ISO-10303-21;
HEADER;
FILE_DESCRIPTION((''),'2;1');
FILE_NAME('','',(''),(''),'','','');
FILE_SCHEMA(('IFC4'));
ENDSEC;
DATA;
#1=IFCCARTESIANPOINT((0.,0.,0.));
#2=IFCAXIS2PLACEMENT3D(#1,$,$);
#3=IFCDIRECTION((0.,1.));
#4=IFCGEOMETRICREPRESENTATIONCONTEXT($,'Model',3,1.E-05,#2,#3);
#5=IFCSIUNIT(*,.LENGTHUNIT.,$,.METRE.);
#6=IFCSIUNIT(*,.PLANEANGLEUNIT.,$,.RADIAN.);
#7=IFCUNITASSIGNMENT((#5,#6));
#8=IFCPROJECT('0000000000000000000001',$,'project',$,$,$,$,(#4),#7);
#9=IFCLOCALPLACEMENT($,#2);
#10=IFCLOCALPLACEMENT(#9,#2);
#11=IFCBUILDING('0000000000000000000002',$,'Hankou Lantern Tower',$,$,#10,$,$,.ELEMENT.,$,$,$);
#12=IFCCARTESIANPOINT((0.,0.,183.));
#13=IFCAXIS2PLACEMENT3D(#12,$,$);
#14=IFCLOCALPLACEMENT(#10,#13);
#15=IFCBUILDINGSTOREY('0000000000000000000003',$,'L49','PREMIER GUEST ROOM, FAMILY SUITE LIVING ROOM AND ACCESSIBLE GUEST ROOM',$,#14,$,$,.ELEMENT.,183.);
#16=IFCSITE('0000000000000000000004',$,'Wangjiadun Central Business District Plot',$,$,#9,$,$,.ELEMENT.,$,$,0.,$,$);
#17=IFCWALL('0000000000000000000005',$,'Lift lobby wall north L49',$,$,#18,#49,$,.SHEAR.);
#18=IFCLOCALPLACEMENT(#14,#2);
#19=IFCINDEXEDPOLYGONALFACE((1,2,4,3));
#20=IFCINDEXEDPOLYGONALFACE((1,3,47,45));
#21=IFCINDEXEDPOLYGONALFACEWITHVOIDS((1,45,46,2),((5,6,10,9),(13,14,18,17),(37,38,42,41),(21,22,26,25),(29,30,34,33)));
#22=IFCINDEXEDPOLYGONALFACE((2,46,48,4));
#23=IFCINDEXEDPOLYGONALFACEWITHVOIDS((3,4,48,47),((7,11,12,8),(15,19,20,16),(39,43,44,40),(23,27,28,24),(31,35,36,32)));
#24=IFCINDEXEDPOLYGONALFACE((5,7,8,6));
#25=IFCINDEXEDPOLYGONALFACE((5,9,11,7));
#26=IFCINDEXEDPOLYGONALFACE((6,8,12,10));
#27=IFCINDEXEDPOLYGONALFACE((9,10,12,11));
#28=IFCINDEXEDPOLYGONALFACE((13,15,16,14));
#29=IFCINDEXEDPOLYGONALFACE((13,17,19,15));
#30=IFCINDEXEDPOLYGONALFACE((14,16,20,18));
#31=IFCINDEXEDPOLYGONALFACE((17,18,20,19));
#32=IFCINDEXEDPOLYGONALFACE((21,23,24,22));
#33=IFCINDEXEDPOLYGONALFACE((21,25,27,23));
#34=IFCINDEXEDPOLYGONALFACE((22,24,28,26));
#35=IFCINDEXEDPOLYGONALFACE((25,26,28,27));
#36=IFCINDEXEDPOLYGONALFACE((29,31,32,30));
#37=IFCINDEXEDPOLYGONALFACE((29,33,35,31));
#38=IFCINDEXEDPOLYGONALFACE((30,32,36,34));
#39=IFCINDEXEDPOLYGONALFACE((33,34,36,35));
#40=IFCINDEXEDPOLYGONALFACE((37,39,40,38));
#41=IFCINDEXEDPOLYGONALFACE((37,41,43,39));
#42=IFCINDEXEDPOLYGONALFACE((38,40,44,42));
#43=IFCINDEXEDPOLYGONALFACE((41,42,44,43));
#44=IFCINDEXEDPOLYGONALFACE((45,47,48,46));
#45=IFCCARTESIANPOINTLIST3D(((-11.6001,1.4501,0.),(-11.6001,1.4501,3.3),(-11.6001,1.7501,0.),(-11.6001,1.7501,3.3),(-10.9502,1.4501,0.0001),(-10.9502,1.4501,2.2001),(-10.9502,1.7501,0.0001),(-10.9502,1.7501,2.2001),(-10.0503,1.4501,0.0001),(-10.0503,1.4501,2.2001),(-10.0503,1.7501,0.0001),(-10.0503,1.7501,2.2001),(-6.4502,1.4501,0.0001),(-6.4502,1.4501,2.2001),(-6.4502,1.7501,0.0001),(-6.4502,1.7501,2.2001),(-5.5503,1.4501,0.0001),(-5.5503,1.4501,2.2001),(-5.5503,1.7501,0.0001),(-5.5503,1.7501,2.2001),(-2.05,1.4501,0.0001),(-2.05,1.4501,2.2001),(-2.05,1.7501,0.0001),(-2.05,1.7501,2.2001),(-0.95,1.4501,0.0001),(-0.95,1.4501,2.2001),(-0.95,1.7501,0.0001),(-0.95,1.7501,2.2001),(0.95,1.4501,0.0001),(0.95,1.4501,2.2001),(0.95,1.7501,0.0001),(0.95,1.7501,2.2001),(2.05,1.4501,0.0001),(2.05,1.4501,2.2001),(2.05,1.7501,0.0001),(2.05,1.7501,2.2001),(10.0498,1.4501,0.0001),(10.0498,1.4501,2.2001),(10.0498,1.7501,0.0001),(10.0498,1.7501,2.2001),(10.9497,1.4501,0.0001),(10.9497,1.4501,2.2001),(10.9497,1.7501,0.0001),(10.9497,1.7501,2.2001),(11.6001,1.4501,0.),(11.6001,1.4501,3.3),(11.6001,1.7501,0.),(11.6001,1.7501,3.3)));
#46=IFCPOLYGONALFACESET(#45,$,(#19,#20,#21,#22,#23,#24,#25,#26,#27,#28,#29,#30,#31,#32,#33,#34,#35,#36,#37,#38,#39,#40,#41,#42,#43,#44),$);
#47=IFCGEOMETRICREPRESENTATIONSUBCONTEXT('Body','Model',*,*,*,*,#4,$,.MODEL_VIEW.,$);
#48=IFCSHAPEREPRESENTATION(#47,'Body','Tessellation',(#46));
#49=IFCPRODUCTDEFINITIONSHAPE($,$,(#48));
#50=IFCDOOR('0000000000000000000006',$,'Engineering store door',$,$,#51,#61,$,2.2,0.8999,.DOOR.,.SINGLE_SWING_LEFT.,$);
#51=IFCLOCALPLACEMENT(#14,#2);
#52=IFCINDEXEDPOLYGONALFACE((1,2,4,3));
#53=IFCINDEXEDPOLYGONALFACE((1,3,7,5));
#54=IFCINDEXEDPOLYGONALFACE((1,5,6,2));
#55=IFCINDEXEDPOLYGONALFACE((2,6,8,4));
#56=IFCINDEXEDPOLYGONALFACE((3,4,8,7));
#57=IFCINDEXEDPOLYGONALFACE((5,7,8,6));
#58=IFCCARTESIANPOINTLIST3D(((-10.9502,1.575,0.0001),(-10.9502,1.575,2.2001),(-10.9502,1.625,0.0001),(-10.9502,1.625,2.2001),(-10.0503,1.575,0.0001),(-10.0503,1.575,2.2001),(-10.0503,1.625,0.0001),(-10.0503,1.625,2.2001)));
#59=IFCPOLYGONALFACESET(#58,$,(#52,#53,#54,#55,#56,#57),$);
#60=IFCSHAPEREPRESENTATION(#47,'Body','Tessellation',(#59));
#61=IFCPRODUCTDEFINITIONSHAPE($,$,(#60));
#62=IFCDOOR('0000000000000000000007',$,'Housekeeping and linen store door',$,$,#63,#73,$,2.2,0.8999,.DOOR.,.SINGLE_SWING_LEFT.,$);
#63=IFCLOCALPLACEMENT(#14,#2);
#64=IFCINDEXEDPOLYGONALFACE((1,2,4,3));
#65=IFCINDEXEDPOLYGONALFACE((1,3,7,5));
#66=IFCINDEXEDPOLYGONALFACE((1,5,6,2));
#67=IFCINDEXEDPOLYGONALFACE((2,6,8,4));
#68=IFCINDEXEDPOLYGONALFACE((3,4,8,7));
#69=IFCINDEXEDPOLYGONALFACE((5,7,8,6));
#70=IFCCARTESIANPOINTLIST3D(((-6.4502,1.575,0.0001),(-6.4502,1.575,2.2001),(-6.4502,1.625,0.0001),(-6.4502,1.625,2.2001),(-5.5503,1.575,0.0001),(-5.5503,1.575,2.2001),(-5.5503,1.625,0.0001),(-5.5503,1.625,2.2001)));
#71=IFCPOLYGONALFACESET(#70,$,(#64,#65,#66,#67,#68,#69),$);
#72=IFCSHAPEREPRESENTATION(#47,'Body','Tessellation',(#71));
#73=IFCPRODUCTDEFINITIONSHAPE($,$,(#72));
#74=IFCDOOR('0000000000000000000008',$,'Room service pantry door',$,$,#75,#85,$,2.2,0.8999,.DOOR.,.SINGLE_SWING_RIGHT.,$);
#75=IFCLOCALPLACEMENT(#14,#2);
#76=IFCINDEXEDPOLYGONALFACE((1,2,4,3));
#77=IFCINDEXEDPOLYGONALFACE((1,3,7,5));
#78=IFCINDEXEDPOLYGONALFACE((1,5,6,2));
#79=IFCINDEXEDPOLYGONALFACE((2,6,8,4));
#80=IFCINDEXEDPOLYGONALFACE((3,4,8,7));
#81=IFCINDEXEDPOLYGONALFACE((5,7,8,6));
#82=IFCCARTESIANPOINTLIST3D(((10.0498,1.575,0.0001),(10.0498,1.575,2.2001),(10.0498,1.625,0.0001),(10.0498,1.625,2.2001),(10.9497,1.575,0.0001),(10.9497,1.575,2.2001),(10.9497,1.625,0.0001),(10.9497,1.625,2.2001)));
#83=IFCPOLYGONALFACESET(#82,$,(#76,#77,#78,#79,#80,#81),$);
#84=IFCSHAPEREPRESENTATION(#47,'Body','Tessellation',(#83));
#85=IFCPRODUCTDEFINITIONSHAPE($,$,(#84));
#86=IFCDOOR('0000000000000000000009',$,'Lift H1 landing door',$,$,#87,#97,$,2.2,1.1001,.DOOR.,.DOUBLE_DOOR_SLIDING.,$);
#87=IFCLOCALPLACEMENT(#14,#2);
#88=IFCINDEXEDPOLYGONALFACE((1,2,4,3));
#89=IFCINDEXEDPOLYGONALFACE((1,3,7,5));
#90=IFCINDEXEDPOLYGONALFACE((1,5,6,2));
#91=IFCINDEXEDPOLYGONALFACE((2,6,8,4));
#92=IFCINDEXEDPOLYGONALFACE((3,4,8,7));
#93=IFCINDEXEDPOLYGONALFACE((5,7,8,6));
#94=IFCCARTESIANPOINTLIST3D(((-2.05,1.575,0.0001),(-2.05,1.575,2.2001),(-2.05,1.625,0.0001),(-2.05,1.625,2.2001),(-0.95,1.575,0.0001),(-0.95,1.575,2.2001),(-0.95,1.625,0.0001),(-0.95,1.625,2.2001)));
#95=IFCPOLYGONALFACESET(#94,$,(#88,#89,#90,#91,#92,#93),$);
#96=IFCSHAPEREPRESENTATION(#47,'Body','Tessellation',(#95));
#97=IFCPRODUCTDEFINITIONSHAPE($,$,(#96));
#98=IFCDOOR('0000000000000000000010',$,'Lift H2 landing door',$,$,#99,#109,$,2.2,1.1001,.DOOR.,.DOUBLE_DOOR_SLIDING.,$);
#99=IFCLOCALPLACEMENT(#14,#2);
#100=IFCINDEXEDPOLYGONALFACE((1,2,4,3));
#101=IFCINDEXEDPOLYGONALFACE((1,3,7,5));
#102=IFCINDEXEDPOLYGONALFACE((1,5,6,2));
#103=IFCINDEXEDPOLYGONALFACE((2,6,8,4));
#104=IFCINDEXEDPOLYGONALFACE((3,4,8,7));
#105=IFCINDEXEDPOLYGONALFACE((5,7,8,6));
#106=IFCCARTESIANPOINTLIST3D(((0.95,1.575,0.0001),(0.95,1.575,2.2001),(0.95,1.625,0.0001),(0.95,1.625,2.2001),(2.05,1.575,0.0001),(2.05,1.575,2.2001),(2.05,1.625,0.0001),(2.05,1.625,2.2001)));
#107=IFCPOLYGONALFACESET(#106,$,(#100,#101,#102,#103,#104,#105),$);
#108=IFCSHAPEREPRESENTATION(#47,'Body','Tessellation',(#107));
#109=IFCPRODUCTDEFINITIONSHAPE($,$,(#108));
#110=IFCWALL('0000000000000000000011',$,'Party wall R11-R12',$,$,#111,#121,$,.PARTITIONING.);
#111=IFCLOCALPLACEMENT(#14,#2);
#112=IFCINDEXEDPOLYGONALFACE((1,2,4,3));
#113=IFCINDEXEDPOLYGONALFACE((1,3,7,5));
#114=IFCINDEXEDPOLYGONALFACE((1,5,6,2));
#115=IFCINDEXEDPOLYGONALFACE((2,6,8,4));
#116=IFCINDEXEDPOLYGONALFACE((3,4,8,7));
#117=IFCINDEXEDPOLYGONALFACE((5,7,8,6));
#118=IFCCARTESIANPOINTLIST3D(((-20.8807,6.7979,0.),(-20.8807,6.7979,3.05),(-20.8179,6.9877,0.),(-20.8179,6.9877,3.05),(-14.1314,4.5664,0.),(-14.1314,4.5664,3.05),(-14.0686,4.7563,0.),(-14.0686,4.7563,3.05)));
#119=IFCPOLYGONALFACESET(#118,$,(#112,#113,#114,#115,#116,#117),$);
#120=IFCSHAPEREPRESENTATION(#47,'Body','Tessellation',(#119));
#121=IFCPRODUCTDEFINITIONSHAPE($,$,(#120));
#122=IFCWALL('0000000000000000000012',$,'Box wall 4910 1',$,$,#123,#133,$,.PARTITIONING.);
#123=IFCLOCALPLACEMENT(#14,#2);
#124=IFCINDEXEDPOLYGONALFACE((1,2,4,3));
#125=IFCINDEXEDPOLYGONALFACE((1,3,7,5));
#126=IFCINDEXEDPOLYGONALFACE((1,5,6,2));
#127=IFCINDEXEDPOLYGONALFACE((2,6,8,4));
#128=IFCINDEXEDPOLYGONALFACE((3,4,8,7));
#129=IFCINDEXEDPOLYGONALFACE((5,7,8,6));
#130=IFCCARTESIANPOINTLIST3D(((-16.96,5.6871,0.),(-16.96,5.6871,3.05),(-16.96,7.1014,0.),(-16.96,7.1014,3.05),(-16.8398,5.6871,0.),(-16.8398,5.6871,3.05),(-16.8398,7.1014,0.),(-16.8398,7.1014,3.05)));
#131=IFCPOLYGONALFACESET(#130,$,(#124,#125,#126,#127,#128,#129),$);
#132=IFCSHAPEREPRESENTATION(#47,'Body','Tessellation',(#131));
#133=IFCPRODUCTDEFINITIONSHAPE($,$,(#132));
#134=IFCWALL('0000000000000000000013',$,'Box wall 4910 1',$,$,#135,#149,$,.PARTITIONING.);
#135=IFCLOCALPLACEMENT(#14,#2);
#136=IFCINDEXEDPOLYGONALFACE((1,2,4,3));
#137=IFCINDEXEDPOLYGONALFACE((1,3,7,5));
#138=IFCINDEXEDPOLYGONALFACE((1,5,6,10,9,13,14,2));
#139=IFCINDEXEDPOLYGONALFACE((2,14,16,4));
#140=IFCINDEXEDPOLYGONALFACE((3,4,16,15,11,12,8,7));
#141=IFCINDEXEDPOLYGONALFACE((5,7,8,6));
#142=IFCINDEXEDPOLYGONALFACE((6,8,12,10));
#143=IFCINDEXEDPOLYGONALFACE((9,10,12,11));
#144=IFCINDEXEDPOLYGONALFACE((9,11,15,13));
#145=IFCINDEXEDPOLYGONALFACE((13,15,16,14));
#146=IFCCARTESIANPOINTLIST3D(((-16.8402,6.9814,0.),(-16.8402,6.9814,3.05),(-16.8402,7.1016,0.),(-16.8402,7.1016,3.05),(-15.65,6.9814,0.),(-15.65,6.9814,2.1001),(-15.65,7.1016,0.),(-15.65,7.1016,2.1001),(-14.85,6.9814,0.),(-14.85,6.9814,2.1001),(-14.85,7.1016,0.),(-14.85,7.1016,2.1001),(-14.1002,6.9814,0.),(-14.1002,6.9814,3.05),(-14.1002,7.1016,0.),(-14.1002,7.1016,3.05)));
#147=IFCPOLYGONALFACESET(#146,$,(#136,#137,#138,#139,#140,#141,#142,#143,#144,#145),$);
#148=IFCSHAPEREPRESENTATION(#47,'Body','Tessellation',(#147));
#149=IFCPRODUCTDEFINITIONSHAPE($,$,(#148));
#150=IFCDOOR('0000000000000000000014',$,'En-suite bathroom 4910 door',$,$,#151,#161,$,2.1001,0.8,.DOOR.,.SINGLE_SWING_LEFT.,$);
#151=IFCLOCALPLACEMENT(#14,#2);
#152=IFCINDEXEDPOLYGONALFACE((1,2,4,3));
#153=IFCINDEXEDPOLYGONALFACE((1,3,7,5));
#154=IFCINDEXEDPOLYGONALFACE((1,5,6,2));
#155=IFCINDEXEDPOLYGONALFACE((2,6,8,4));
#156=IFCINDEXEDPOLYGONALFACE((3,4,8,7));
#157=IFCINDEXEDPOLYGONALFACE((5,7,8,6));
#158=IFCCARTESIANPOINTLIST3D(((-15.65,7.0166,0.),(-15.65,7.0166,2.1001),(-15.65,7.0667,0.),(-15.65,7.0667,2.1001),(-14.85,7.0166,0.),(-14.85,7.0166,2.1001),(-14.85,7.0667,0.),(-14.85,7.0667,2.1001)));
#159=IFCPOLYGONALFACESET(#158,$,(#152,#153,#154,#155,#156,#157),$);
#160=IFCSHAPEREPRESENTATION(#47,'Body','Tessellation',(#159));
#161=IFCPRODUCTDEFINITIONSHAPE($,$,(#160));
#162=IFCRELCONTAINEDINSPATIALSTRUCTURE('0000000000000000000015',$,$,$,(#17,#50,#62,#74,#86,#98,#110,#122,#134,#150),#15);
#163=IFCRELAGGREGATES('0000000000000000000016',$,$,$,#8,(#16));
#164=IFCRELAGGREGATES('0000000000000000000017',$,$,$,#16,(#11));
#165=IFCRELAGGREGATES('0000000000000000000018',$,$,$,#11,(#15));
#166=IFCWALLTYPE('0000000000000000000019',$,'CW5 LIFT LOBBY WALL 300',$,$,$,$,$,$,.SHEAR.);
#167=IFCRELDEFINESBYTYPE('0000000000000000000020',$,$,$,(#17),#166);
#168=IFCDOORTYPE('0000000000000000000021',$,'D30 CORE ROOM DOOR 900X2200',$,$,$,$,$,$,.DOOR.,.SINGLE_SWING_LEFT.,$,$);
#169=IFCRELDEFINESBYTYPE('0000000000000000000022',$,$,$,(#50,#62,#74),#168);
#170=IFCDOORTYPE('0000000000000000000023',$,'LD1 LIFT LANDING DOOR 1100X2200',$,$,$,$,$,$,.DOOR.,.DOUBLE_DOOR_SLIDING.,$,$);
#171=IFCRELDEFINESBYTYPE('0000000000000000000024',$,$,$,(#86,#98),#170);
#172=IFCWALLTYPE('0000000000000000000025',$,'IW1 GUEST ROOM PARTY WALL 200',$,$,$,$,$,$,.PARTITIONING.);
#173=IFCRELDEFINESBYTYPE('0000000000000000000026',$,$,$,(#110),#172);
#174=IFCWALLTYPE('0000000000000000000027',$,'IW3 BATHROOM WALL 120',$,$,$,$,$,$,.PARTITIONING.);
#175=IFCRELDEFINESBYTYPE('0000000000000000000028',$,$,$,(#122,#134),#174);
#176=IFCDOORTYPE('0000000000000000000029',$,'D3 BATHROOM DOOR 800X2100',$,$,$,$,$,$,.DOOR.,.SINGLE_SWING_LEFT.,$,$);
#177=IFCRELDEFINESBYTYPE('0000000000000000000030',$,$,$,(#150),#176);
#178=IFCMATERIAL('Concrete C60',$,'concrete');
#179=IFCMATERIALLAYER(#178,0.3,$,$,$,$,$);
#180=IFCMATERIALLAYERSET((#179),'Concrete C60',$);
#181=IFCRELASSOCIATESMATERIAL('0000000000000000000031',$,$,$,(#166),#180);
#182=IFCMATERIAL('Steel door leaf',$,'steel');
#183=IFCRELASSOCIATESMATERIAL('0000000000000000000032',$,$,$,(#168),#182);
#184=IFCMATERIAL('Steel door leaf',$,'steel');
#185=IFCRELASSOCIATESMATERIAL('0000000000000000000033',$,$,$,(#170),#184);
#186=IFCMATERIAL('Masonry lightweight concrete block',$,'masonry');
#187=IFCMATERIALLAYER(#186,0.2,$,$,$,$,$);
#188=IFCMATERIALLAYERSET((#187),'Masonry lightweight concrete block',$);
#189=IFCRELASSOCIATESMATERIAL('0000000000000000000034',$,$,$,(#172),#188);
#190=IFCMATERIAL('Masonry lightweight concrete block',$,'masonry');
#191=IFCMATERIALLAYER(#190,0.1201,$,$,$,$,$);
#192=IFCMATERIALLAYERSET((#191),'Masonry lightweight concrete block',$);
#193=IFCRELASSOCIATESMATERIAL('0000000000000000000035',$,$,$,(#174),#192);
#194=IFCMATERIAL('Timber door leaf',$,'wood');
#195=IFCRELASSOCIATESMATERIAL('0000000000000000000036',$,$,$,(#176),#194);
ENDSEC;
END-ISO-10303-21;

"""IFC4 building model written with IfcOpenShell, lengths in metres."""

from ifc_helpers import new_model, si_unit, direction, frame, frame_2d, origin, place, context, subcontext, project, spatial, rectangle, extrude, material, layer, layer_set, type_object, element, fill, save


model = new_model("IFC4")

# Units and contexts
model_context = context("Model", 3, precision=1e-05, world=origin(), true_north=direction((0.0, 1.0)))
body_context = subcontext(model_context, "Body", "Model", "MODEL_VIEW")
ifc_project = project(units=[si_unit("LENGTHUNIT", "METRE"), si_unit("PLANEANGLEUNIT", "RADIAN")], contexts=[model_context])

# Site, building, storey
site_placement = place(None, origin())
site = spatial("IfcSite", under=ifc_project, at=site_placement, Name="Wangjiadun Central Business District Plot", CompositionType="ELEMENT", RefElevation=0.0)
building_placement = place(site_placement, origin())
building = spatial("IfcBuilding", under=site, at=building_placement, Name="Hankou Lantern Tower", CompositionType="ELEMENT")
storey_placement = place(building_placement, frame((0.0, 0.0, 183.0)))
storey = spatial("IfcBuildingStorey", under=building, at=storey_placement, Name="L49", Description="PREMIER GUEST ROOM, FAMILY SUITE LIVING ROOM AND ACCESSIBLE GUEST ROOM", CompositionType="ELEMENT", Elevation=183.0)

# Wall, openings, doors
ifc_material_1 = material(Name="Concrete C60", Category="concrete")
ifc_layer_1 = layer(ifc_material_1, 0.3)
ifc_layer_set_1 = layer_set([ifc_layer_1], Name="Concrete C60")
wall_type_1 = type_object("IfcWallType", Name="CW5 LIFT LOBBY WALL 300", PredefinedType="SHEAR", material=ifc_layer_set_1)
wall_1_placement = place(storey_placement, frame((-11.6001, 1.6001, 0.0), z_axis=(0.0, 0.0, 1.0), x_axis=(1.0, 0.0, 0.0)))
wall_1 = element("IfcWall", 1, at=wall_1_placement, inside=storey, type_object=wall_type_1, Name="Lift lobby wall north L49", PredefinedType="SHEAR", context=body_context, shape_type="SweptSolid", body=[
    extrude(rectangle(XDim=23.2002, YDim=0.3, at=frame_2d((11.6001, 0.0))), origin(), (0.0, 0.0, 1.0), 3.3),
])
opening_1_placement = place(wall_1_placement, frame((9.55, 0.0, 0.0)))
opening_1 = element("IfcOpeningElement", 2, at=opening_1_placement, cuts=wall_1, PredefinedType="OPENING", context=body_context, shape_type="SweptSolid", body=[
    extrude(rectangle(XDim=1.1001, YDim=2.2, at=frame_2d((0.55, 1.1001))), frame((0.0, 0.1599, 0.0), z_axis=(0.0, -1.0, 0.0), x_axis=(1.0, 0.0, 0.0)), (0.0, 0.0, 1.0), 0.3201),
])
opening_2_placement = place(wall_1_placement, frame((12.55, 0.0, 0.0)))
opening_2 = element("IfcOpeningElement", 3, at=opening_2_placement, cuts=wall_1, PredefinedType="OPENING", context=body_context, shape_type="SweptSolid", body=[
    extrude(rectangle(XDim=1.1001, YDim=2.2, at=frame_2d((0.55, 1.1001))), frame((0.0, 0.1599, 0.0), z_axis=(0.0, -1.0, 0.0), x_axis=(1.0, 0.0, 0.0)), (0.0, 0.0, 1.0), 0.3201),
])
opening_3_placement = place(wall_1_placement, frame((0.6499, 0.0, 0.0)))
opening_3 = element("IfcOpeningElement", 4, at=opening_3_placement, cuts=wall_1, PredefinedType="OPENING", context=body_context, shape_type="SweptSolid", body=[
    extrude(rectangle(XDim=0.8999, YDim=2.2, at=frame_2d((0.45, 1.1001))), frame((0.0, 0.1599, 0.0), z_axis=(0.0, -1.0, 0.0), x_axis=(1.0, 0.0, 0.0)), (0.0, 0.0, 1.0), 0.3201),
])
opening_4_placement = place(wall_1_placement, frame((5.1499, 0.0, 0.0)))
opening_4 = element("IfcOpeningElement", 5, at=opening_4_placement, cuts=wall_1, PredefinedType="OPENING", context=body_context, shape_type="SweptSolid", body=[
    extrude(rectangle(XDim=0.8999, YDim=2.2, at=frame_2d((0.45, 1.1001))), frame((0.0, 0.1599, 0.0), z_axis=(0.0, -1.0, 0.0), x_axis=(1.0, 0.0, 0.0)), (0.0, 0.0, 1.0), 0.3201),
])
opening_5_placement = place(wall_1_placement, frame((21.6499, 0.0, 0.0)))
opening_5 = element("IfcOpeningElement", 6, at=opening_5_placement, cuts=wall_1, PredefinedType="OPENING", context=body_context, shape_type="SweptSolid", body=[
    extrude(rectangle(XDim=0.8999, YDim=2.2, at=frame_2d((0.45, 1.1001))), frame((0.0, 0.1599, 0.0), z_axis=(0.0, -1.0, 0.0), x_axis=(1.0, 0.0, 0.0)), (0.0, 0.0, 1.0), 0.3201),
])
ifc_material_2 = material(Name="Steel door leaf", Category="steel")
door_type_1 = type_object("IfcDoorType", Name="D30 CORE ROOM DOOR 900X2200", OperationType="SINGLE_SWING_LEFT", PredefinedType="DOOR", material=ifc_material_2)
door_1_placement = place(opening_3_placement, origin())
door_1 = element("IfcDoor", 7, at=door_1_placement, inside=storey, type_object=door_type_1, Name="Engineering store door", OperationType="SINGLE_SWING_LEFT", OverallHeight=2.2, OverallWidth=0.8999, PredefinedType="DOOR", context=body_context, shape_type="SweptSolid", body=[
    extrude(rectangle(XDim=0.8999, YDim=2.2, at=frame_2d((0.45, 1.1001))), frame((0.0, 0.0249, 0.0), z_axis=(0.0, -1.0, 0.0), x_axis=(1.0, 0.0, 0.0)), (0.0, 0.0, 1.0), 0.05),
])
fill(opening_3, door_1)
door_2_placement = place(opening_4_placement, origin())
door_2 = element("IfcDoor", 8, at=door_2_placement, inside=storey, type_object=door_type_1, Name="Housekeeping and linen store door", OperationType="SINGLE_SWING_LEFT", OverallHeight=2.2, OverallWidth=0.8999, PredefinedType="DOOR", context=body_context, shape_type="SweptSolid", body=[
    extrude(rectangle(XDim=0.8999, YDim=2.2, at=frame_2d((0.45, 1.1001))), frame((0.0, 0.0249, 0.0), z_axis=(0.0, -1.0, 0.0), x_axis=(1.0, 0.0, 0.0)), (0.0, 0.0, 1.0), 0.05),
])
fill(opening_4, door_2)
door_3_placement = place(opening_5_placement, origin())
door_3 = element("IfcDoor", 9, at=door_3_placement, inside=storey, type_object=door_type_1, Name="Room service pantry door", OperationType="SINGLE_SWING_RIGHT", OverallHeight=2.2, OverallWidth=0.8999, PredefinedType="DOOR", context=body_context, shape_type="SweptSolid", body=[
    extrude(rectangle(XDim=0.8999, YDim=2.2, at=frame_2d((0.45, 1.1001))), frame((0.0, 0.0249, 0.0), z_axis=(0.0, -1.0, 0.0), x_axis=(1.0, 0.0, 0.0)), (0.0, 0.0, 1.0), 0.05),
])
fill(opening_5, door_3)
ifc_material_3 = material(Name="Steel door leaf", Category="steel")
door_type_2 = type_object("IfcDoorType", Name="LD1 LIFT LANDING DOOR 1100X2200", OperationType="DOUBLE_DOOR_SLIDING", PredefinedType="DOOR", material=ifc_material_3)
door_4_placement = place(opening_1_placement, origin())
door_4 = element("IfcDoor", 10, at=door_4_placement, inside=storey, type_object=door_type_2, Name="Lift H1 landing door", OperationType="DOUBLE_DOOR_SLIDING", OverallHeight=2.2, OverallWidth=1.1001, PredefinedType="DOOR", context=body_context, shape_type="SweptSolid", body=[
    extrude(rectangle(XDim=1.1001, YDim=2.2, at=frame_2d((0.55, 1.1001))), frame((0.0, 0.0249, 0.0), z_axis=(0.0, -1.0, 0.0), x_axis=(1.0, 0.0, 0.0)), (0.0, 0.0, 1.0), 0.05),
])
fill(opening_1, door_4)
door_5_placement = place(opening_2_placement, origin())
door_5 = element("IfcDoor", 11, at=door_5_placement, inside=storey, type_object=door_type_2, Name="Lift H2 landing door", OperationType="DOUBLE_DOOR_SLIDING", OverallHeight=2.2, OverallWidth=1.1001, PredefinedType="DOOR", context=body_context, shape_type="SweptSolid", body=[
    extrude(rectangle(XDim=1.1001, YDim=2.2, at=frame_2d((0.55, 1.1001))), frame((0.0, 0.0249, 0.0), z_axis=(0.0, -1.0, 0.0), x_axis=(1.0, 0.0, 0.0)), (0.0, 0.0, 1.0), 0.05),
])
fill(opening_2, door_5)

# Walls
ifc_material_4 = material(Name="Masonry lightweight concrete block", Category="masonry")
ifc_layer_2 = layer(ifc_material_4, 0.2)
ifc_layer_set_2 = layer_set([ifc_layer_2], Name="Masonry lightweight concrete block")
wall_type_2 = type_object("IfcWallType", Name="IW1 GUEST ROOM PARTY WALL 200", PredefinedType="PARTITIONING", material=ifc_layer_set_2)
wall_2_placement = place(storey_placement, frame((-14.1001, 4.6614, 0.0), z_axis=(0.0, 0.0, 1.0), x_axis=(-0.949453, 0.313909, 0.0)))
element("IfcWall", 12, at=wall_2_placement, inside=storey, type_object=wall_type_2, Name="Party wall R11-R12", PredefinedType="PARTITIONING", context=body_context, shape_type="SweptSolid", body=[
    extrude(rectangle(XDim=7.1086, YDim=0.2, at=frame_2d((3.5542, 0.0))), origin(), (0.0, 0.0, 1.0), 3.05),
])
ifc_material_5 = material(Name="Masonry lightweight concrete block", Category="masonry")
ifc_layer_3 = layer(ifc_material_5, 0.1201)
ifc_layer_set_3 = layer_set([ifc_layer_3], Name="Masonry lightweight concrete block")
wall_type_3 = type_object("IfcWallType", Name="IW3 BATHROOM WALL 120", PredefinedType="PARTITIONING", material=ifc_layer_set_3)
wall_3_placement = place(storey_placement, frame((-16.8999, 5.6873, 0.0), z_axis=(0.0, 0.0, 1.0), x_axis=(0.0, 1.0, 0.0)))
element("IfcWall", 13, at=wall_3_placement, inside=storey, type_object=wall_type_3, Name="Box wall 4910 1", PredefinedType="PARTITIONING", context=body_context, shape_type="SweptSolid", body=[
    extrude(rectangle(XDim=1.4143, YDim=0.1201, at=frame_2d((0.707, 0.0))), origin(), (0.0, 0.0, 1.0), 3.05),
])

# Wall, opening, door
wall_4_placement = place(storey_placement, frame((-14.1001, 7.0415, 0.0), z_axis=(0.0, 0.0, 1.0), x_axis=(-1.0, 0.0, 0.0)))
wall_4 = element("IfcWall", 14, at=wall_4_placement, inside=storey, type_object=wall_type_3, Name="Box wall 4910 1", PredefinedType="PARTITIONING", context=body_context, shape_type="SweptSolid", body=[
    extrude(rectangle(XDim=2.74, YDim=0.1201, at=frame_2d((1.3701, 0.0))), origin(), (0.0, 0.0, 1.0), 3.05),
])
opening_6_placement = place(wall_4_placement, frame((0.75, 0.0, 0.0)))
opening_6 = element("IfcOpeningElement", 15, at=opening_6_placement, cuts=wall_4, PredefinedType="OPENING", context=body_context, shape_type="SweptSolid", body=[
    extrude(rectangle(XDim=0.8, YDim=2.1001, at=frame_2d((0.3999, 1.05))), frame((0.0, 0.0701, 0.0), z_axis=(0.0, -1.0, 0.0), x_axis=(1.0, 0.0, 0.0)), (0.0, 0.0, 1.0), 0.1401),
])
ifc_material_6 = material(Name="Timber door leaf", Category="wood")
door_type_3 = type_object("IfcDoorType", Name="D3 BATHROOM DOOR 800X2100", OperationType="SINGLE_SWING_LEFT", PredefinedType="DOOR", material=ifc_material_6)
door_6_placement = place(opening_6_placement, origin())
door_6 = element("IfcDoor", 16, at=door_6_placement, inside=storey, type_object=door_type_3, Name="En-suite bathroom 4910 door", OperationType="SINGLE_SWING_LEFT", OverallHeight=2.1001, OverallWidth=0.8, PredefinedType="DOOR", context=body_context, shape_type="SweptSolid", body=[
    extrude(rectangle(XDim=0.8, YDim=2.1001, at=frame_2d((0.3999, 1.05))), frame((0.0, 0.0249, 0.0), z_axis=(0.0, -1.0, 0.0), x_axis=(1.0, 0.0, 0.0)), (0.0, 0.0, 1.0), 0.05),
])
fill(opening_6, door_6)

save(model, "model.ifc")
